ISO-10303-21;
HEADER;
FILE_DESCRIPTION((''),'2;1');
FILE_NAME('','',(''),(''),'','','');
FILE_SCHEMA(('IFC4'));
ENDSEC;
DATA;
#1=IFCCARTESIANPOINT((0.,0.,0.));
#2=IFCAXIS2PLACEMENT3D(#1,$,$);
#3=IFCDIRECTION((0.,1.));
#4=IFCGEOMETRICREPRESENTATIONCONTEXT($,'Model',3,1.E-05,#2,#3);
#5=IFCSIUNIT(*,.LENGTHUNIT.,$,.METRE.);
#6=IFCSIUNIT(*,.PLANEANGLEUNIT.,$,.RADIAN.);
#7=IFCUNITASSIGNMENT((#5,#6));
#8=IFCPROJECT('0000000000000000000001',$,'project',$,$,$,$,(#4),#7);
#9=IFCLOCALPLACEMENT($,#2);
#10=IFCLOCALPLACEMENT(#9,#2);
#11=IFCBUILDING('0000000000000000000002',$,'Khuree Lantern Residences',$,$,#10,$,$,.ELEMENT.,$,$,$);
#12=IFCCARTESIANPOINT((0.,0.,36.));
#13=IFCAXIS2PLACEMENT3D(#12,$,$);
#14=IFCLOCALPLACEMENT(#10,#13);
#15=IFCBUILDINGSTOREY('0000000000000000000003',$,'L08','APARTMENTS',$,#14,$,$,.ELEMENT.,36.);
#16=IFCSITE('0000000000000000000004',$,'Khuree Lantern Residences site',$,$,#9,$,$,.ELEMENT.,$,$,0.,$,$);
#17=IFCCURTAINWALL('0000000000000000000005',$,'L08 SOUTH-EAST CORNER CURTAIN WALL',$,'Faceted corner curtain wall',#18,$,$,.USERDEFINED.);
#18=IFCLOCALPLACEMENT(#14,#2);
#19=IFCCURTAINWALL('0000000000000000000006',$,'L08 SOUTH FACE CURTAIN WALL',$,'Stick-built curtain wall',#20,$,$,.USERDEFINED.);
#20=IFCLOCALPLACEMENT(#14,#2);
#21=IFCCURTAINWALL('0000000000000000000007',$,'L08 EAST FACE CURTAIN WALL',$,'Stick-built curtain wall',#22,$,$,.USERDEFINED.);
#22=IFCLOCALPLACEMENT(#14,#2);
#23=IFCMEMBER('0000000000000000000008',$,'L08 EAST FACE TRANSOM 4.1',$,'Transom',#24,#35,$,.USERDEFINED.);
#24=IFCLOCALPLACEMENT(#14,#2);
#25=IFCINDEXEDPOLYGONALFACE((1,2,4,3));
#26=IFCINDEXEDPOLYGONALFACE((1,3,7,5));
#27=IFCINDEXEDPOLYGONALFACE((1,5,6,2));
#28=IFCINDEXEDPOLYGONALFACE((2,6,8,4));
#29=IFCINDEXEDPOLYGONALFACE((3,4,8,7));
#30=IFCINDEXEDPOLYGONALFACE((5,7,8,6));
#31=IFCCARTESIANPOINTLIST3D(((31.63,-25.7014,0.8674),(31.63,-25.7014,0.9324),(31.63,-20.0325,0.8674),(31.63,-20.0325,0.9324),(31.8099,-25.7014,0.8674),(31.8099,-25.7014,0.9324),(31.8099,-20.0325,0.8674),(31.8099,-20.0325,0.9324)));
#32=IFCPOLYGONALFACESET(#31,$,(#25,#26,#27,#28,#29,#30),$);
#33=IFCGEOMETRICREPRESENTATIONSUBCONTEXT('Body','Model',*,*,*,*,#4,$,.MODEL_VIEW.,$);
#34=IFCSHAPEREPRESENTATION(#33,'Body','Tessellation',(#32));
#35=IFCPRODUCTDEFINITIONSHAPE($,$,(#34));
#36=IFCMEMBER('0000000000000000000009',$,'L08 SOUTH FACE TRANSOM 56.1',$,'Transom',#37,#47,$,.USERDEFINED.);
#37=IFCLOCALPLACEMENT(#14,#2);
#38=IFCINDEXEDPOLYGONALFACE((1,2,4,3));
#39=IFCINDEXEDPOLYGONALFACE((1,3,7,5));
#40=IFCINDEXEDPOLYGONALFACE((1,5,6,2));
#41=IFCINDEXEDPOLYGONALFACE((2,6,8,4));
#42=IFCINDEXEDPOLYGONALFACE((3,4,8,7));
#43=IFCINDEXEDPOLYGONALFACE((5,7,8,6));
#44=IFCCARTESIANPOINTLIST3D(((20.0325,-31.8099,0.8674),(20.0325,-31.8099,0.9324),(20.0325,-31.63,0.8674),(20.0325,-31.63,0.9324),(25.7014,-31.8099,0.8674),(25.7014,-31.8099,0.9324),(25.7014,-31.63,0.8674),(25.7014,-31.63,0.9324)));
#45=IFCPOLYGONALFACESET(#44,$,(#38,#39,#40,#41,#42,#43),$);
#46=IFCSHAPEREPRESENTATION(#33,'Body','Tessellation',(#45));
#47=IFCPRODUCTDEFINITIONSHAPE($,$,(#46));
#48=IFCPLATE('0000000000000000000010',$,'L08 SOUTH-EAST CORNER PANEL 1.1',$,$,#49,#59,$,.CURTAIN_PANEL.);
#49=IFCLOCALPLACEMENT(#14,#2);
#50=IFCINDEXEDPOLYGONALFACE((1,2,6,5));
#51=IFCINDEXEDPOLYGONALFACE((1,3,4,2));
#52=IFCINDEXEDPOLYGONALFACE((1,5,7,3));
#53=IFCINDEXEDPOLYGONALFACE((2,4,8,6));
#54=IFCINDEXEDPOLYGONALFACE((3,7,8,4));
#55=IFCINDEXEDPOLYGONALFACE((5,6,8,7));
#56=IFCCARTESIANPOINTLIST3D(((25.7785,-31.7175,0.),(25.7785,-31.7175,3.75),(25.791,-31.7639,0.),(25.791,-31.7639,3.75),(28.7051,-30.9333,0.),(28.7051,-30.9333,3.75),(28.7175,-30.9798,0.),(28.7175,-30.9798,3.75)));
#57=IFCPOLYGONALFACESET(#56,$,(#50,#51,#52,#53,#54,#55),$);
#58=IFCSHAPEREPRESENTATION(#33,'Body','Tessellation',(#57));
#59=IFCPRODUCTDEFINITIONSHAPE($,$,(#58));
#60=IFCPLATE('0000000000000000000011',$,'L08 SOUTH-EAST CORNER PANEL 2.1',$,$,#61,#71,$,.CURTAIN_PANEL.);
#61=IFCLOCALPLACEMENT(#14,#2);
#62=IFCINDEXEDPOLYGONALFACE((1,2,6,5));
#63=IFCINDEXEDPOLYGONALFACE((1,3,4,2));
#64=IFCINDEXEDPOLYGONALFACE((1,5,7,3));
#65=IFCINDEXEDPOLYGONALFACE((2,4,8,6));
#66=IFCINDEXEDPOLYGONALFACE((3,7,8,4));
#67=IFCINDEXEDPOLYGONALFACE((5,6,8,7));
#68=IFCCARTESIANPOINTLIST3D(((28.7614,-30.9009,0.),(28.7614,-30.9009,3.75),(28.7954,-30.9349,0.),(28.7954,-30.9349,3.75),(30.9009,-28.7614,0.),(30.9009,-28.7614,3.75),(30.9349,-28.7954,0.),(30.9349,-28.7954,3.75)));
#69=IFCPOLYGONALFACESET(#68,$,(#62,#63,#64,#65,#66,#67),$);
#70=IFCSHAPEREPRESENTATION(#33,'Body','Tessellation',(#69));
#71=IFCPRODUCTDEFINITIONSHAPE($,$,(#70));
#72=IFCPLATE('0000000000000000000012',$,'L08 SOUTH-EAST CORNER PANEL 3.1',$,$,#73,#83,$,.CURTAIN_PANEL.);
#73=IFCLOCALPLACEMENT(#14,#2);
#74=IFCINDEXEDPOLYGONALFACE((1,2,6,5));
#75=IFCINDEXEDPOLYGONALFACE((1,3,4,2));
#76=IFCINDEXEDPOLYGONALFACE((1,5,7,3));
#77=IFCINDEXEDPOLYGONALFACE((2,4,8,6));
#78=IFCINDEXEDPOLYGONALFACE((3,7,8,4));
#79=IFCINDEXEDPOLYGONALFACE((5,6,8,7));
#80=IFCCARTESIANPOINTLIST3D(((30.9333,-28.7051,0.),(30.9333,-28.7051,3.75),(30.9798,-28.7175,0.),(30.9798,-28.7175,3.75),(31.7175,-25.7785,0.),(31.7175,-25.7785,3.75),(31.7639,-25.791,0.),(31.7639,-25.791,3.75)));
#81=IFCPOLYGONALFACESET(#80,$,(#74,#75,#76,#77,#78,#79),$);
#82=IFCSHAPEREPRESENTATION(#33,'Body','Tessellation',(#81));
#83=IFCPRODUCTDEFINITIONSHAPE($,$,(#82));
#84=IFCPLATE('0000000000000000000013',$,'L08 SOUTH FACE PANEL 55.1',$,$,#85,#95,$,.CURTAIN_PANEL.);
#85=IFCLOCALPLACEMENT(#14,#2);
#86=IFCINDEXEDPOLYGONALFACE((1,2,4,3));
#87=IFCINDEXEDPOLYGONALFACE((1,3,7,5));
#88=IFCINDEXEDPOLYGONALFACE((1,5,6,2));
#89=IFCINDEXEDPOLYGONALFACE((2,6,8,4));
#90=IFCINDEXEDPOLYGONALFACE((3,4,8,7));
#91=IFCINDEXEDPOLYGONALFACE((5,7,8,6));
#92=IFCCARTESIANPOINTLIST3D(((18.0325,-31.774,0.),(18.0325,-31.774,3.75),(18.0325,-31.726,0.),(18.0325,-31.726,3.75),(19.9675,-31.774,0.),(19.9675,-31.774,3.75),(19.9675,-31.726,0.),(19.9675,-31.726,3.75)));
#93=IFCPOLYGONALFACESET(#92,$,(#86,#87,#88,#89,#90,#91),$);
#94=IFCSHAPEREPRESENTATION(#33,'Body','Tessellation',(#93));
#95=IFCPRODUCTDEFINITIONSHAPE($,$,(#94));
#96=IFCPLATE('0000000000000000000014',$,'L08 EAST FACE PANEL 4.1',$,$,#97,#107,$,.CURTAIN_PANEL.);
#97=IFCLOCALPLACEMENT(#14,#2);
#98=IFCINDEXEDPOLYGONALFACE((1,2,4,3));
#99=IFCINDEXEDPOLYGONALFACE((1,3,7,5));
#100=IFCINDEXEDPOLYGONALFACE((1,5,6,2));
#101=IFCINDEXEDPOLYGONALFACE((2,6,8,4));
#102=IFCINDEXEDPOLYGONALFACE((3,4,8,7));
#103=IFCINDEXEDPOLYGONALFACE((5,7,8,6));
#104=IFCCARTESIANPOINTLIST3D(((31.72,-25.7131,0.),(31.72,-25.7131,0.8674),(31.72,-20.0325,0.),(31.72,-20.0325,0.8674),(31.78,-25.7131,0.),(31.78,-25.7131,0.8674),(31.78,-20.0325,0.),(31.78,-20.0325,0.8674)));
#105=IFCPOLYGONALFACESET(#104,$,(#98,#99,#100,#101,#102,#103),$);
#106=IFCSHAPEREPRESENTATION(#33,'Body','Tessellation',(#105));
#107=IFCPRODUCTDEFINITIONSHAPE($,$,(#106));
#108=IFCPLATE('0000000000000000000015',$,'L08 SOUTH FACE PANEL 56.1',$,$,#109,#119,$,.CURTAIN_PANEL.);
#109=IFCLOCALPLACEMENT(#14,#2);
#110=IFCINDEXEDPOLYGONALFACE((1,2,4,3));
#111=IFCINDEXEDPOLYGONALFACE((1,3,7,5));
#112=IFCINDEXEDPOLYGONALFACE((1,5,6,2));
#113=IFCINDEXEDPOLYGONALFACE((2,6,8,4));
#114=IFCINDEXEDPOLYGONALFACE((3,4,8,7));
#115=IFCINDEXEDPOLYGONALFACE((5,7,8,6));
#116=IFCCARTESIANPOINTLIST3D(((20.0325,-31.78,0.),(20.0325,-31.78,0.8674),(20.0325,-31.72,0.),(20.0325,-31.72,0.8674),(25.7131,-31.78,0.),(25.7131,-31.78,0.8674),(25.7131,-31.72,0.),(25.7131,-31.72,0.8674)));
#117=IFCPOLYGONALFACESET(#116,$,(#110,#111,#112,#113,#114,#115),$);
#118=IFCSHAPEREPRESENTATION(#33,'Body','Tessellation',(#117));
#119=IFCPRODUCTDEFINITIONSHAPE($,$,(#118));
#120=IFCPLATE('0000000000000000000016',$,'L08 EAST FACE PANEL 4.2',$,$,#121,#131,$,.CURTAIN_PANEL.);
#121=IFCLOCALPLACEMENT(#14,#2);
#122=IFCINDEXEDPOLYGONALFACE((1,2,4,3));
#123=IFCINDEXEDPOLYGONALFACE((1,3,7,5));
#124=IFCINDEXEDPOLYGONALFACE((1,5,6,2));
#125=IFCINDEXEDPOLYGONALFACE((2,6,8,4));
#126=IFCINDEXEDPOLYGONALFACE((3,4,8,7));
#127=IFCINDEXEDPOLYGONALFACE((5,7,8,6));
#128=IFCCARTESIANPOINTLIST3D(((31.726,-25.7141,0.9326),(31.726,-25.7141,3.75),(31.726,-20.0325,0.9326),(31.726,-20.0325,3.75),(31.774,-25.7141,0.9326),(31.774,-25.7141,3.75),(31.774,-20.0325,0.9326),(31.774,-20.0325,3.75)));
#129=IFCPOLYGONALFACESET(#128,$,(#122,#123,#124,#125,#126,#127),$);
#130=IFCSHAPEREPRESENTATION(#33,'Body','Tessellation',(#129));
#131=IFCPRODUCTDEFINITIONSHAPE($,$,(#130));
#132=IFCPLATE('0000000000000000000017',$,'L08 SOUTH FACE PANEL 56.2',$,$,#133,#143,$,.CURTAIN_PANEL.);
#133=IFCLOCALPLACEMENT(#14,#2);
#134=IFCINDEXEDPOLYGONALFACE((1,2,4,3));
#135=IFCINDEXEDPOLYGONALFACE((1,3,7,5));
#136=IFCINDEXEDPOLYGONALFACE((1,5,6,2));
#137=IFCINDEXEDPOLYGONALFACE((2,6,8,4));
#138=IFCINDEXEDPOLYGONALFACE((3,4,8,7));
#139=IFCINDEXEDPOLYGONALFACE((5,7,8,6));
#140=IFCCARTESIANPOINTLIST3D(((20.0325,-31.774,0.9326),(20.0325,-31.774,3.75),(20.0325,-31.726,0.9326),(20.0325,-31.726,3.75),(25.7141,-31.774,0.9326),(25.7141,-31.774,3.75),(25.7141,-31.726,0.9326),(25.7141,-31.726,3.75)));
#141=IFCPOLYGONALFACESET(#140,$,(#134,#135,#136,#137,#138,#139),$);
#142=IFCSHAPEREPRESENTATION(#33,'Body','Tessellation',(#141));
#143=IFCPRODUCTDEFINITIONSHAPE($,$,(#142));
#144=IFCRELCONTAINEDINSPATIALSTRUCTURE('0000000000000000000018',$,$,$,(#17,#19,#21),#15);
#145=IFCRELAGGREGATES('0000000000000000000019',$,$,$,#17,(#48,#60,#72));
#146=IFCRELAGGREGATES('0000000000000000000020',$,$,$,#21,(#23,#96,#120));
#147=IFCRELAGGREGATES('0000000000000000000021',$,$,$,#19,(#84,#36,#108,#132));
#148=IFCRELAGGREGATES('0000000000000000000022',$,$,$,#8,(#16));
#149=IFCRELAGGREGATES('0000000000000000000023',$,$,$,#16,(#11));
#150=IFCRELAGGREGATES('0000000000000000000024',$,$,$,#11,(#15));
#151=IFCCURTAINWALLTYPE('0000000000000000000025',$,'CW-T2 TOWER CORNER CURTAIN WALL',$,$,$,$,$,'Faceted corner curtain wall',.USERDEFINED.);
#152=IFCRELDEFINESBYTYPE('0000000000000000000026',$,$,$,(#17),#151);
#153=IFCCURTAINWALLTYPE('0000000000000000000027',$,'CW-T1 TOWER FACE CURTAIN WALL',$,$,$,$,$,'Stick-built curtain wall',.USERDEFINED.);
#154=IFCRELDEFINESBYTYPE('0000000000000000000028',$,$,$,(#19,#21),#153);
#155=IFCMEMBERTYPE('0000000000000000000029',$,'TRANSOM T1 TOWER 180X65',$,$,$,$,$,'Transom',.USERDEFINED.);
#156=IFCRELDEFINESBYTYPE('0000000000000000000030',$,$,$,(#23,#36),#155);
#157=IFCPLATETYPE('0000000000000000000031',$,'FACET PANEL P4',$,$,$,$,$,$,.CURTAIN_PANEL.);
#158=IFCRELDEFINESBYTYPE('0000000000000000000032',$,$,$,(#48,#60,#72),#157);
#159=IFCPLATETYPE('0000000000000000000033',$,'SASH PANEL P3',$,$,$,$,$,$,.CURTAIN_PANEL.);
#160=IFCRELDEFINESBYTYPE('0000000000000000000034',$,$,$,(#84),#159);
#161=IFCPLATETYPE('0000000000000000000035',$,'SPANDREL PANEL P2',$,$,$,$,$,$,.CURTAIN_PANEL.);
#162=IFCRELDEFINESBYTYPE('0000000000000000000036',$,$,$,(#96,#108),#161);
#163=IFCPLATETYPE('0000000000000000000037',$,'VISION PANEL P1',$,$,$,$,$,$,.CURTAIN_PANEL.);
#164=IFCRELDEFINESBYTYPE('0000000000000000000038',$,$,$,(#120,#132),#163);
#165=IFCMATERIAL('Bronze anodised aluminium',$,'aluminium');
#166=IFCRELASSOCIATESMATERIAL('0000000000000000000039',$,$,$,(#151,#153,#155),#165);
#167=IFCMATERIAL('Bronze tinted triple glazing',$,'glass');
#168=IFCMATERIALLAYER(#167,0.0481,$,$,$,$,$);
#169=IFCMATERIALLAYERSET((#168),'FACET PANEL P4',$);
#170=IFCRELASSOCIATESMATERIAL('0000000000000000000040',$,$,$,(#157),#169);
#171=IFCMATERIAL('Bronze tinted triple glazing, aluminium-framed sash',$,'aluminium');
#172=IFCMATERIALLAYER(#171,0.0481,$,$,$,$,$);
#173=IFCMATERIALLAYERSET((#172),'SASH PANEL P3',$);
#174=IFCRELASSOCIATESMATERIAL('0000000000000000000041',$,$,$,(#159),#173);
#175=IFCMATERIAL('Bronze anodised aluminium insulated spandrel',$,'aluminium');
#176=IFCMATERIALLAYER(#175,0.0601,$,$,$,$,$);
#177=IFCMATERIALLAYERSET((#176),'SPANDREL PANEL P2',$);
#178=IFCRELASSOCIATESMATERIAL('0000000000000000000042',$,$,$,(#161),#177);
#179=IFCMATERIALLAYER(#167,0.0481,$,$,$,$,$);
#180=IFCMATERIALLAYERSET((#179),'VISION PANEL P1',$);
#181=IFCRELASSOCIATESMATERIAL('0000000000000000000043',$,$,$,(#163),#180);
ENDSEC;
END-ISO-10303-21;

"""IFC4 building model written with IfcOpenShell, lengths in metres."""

from ifc_helpers import new_model, si_unit, direction, frame, origin, origin_2d, place, context, subcontext, project, spatial, rectangle, extrude, material, layer, layer_set, material_profile, profile_set, type_object, element, aggregate, save


model = new_model("IFC4")

# Units and contexts
model_context = context("Model", 3, precision=1e-05, world=origin(), true_north=direction((0.0, 1.0)))
body_context = subcontext(model_context, "Body", "Model", "MODEL_VIEW")
ifc_project = project(units=[si_unit("LENGTHUNIT", "METRE"), si_unit("PLANEANGLEUNIT", "RADIAN")], contexts=[model_context])

# Site, building, storey
site_placement = place(None, origin())
site = spatial("IfcSite", under=ifc_project, at=site_placement, Name="Khuree Lantern Residences site", CompositionType="ELEMENT", RefElevation=0.0)
building_placement = place(site_placement, origin())
building = spatial("IfcBuilding", under=site, at=building_placement, Name="Khuree Lantern Residences", CompositionType="ELEMENT")
storey_placement = place(building_placement, frame((0.0, 0.0, 36.0)))
storey = spatial("IfcBuildingStorey", under=building, at=storey_placement, Name="L08", Description="APARTMENTS", CompositionType="ELEMENT", Elevation=36.0)

# Curtain walls
ifc_material_1 = material(Name="Bronze anodised aluminium", Category="aluminium")
curtain_wall_type_1 = type_object("IfcCurtainWallType", Name="CW-T2 TOWER CORNER CURTAIN WALL", ElementType="Faceted corner curtain wall", PredefinedType="USERDEFINED", material=ifc_material_1)
curtain_wall_1_placement = place(storey_placement, origin())
curtain_wall_1 = element("IfcCurtainWall", 1, at=curtain_wall_1_placement, inside=storey, type_object=curtain_wall_type_1, Name="L08 SOUTH-EAST CORNER CURTAIN WALL", ObjectType="Faceted corner curtain wall", PredefinedType="USERDEFINED")
curtain_wall_type_2 = type_object("IfcCurtainWallType", Name="CW-T1 TOWER FACE CURTAIN WALL", ElementType="Stick-built curtain wall", PredefinedType="USERDEFINED", material=ifc_material_1)
curtain_wall_2_placement = place(storey_placement, origin())
curtain_wall_2 = element("IfcCurtainWall", 2, at=curtain_wall_2_placement, inside=storey, type_object=curtain_wall_type_2, Name="L08 SOUTH FACE CURTAIN WALL", ObjectType="Stick-built curtain wall", PredefinedType="USERDEFINED")

# Curtain wall, member
curtain_wall_3_placement = place(storey_placement, origin())
curtain_wall_3 = element("IfcCurtainWall", 3, at=curtain_wall_3_placement, inside=storey, type_object=curtain_wall_type_2, Name="L08 EAST FACE CURTAIN WALL", ObjectType="Stick-built curtain wall", PredefinedType="USERDEFINED")
ifc_material_profile_1 = material_profile(ifc_material_1, rectangle(XDim=0.1799, YDim=0.0649, at=origin_2d()), Name="T1 180X65")
ifc_profile_set_1 = profile_set([ifc_material_profile_1], Name="Bronze anodised aluminium")
member_type_1 = type_object("IfcMemberType", Name="TRANSOM T1 TOWER 180X65", ElementType="Transom", PredefinedType="USERDEFINED", material=ifc_profile_set_1)
member_1_placement = place(storey_placement, frame((31.72, -25.7014, 0.8999), z_axis=(0.0, 1.0, 0.0), x_axis=(-1.0, 0.0, 0.0)))
member_1 = element("IfcMember", 4, at=member_1_placement, type_object=member_type_1, Name="L08 EAST FACE TRANSOM 4.1", ObjectType="Transom", PredefinedType="USERDEFINED", context=body_context, shape_type="SweptSolid", body=[
    extrude(rectangle(XDim=0.1799, YDim=0.0649, at=origin_2d()), origin(), (0.0, 0.0, 1.0), 5.6689),
])

# Member
member_2_placement = place(storey_placement, frame((20.0325, -31.72, 0.8999), z_axis=(1.0, 0.0, 0.0), x_axis=(0.0, 1.0, 0.0)))
member_2 = element("IfcMember", 5, at=member_2_placement, type_object=member_type_1, Name="L08 SOUTH FACE TRANSOM 56.1", ObjectType="Transom", PredefinedType="USERDEFINED", context=body_context, shape_type="SweptSolid", body=[
    extrude(rectangle(XDim=0.1799, YDim=0.0649, at=origin_2d()), origin(), (0.0, 0.0, 1.0), 5.6689),
])

# Plates
ifc_material_2 = material(Name="Bronze tinted triple glazing", Category="glass")
ifc_layer_1 = layer(ifc_material_2, 0.0481)
ifc_layer_set_1 = layer_set([ifc_layer_1], Name="FACET PANEL P4")
plate_type_1 = type_object("IfcPlateType", Name="FACET PANEL P4", PredefinedType="CURTAIN_PANEL", material=ifc_layer_set_1)
plate_1_placement = place(storey_placement, frame((27.248, -31.3486, 0.0), z_axis=(0.0, 0.0, 1.0), x_axis=(0.965926, 0.258819, 0.0)))
plate_1 = element("IfcPlate", 6, at=plate_1_placement, type_object=plate_type_1, Name="L08 SOUTH-EAST CORNER PANEL 1.1", PredefinedType="CURTAIN_PANEL", context=body_context, shape_type="SweptSolid", body=[
    extrude(rectangle(XDim=3.0298, YDim=0.0481, at=origin_2d()), origin(), (0.0, 0.0, 1.0), 3.75),
])
plate_2_placement = place(storey_placement, frame((29.8481, -29.8481, 0.0), z_axis=(0.0, 0.0, 1.0), x_axis=(0.707107, 0.707107, 0.0)))
plate_2 = element("IfcPlate", 7, at=plate_2_placement, type_object=plate_type_1, Name="L08 SOUTH-EAST CORNER PANEL 2.1", PredefinedType="CURTAIN_PANEL", context=body_context, shape_type="SweptSolid", body=[
    extrude(rectangle(XDim=3.0256, YDim=0.0481, at=origin_2d()), origin(), (0.0, 0.0, 1.0), 3.75),
])
plate_3_placement = place(storey_placement, frame((31.3486, -27.248, 0.0), z_axis=(0.0, 0.0, 1.0), x_axis=(0.258819, 0.965926, 0.0)))
plate_3 = element("IfcPlate", 8, at=plate_3_placement, type_object=plate_type_1, Name="L08 SOUTH-EAST CORNER PANEL 3.1", PredefinedType="CURTAIN_PANEL", context=body_context, shape_type="SweptSolid", body=[
    extrude(rectangle(XDim=3.0298, YDim=0.0481, at=origin_2d()), origin(), (0.0, 0.0, 1.0), 3.75),
])
aggregate(curtain_wall_1, [plate_1, plate_2, plate_3])
ifc_material_3 = material(Name="Bronze tinted triple glazing, aluminium-framed sash", Category="aluminium")
ifc_layer_2 = layer(ifc_material_3, 0.0481)
ifc_layer_set_2 = layer_set([ifc_layer_2], Name="SASH PANEL P3")
plate_type_2 = type_object("IfcPlateType", Name="SASH PANEL P3", PredefinedType="CURTAIN_PANEL", material=ifc_layer_set_2)
plate_4_placement = place(storey_placement, frame((19.0, -31.75, 0.0), z_axis=(0.0, 0.0, 1.0), x_axis=(1.0, 0.0, 0.0)))
plate_4 = element("IfcPlate", 9, at=plate_4_placement, type_object=plate_type_2, Name="L08 SOUTH FACE PANEL 55.1", PredefinedType="CURTAIN_PANEL", context=body_context, shape_type="SweptSolid", body=[
    extrude(rectangle(XDim=1.9351, YDim=0.0481, at=origin_2d()), origin(), (0.0, 0.0, 1.0), 3.75),
])
ifc_material_4 = material(Name="Bronze anodised aluminium insulated spandrel", Category="aluminium")
ifc_layer_3 = layer(ifc_material_4, 0.0601)
ifc_layer_set_3 = layer_set([ifc_layer_3], Name="SPANDREL PANEL P2")
plate_type_3 = type_object("IfcPlateType", Name="SPANDREL PANEL P2", PredefinedType="CURTAIN_PANEL", material=ifc_layer_set_3)
plate_5_placement = place(storey_placement, frame((31.75, -22.8728, 0.0), z_axis=(0.0, 0.0, 1.0), x_axis=(0.0, 1.0, 0.0)))
plate_5 = element("IfcPlate", 10, at=plate_5_placement, type_object=plate_type_3, Name="L08 EAST FACE PANEL 4.1", PredefinedType="CURTAIN_PANEL", context=body_context, shape_type="SweptSolid", body=[
    extrude(rectangle(XDim=5.6807, YDim=0.0601, at=origin_2d()), origin(), (0.0, 0.0, 1.0), 0.8674),
])
plate_6_placement = place(storey_placement, frame((22.8728, -31.75, 0.0), z_axis=(0.0, 0.0, 1.0), x_axis=(1.0, 0.0, 0.0)))
plate_6 = element("IfcPlate", 11, at=plate_6_placement, type_object=plate_type_3, Name="L08 SOUTH FACE PANEL 56.1", PredefinedType="CURTAIN_PANEL", context=body_context, shape_type="SweptSolid", body=[
    extrude(rectangle(XDim=5.6807, YDim=0.0601, at=origin_2d()), origin(), (0.0, 0.0, 1.0), 0.8674),
])
ifc_layer_4 = layer(ifc_material_2, 0.0481)
ifc_layer_set_4 = layer_set([ifc_layer_4], Name="VISION PANEL P1")
plate_type_4 = type_object("IfcPlateType", Name="VISION PANEL P1", PredefinedType="CURTAIN_PANEL", material=ifc_layer_set_4)
plate_7_placement = place(storey_placement, frame((31.75, -22.8733, 0.9326), z_axis=(0.0, 0.0, 1.0), x_axis=(0.0, 1.0, 0.0)))
plate_7 = element("IfcPlate", 12, at=plate_7_placement, type_object=plate_type_4, Name="L08 EAST FACE PANEL 4.2", PredefinedType="CURTAIN_PANEL", context=body_context, shape_type="SweptSolid", body=[
    extrude(rectangle(XDim=5.6816, YDim=0.0481, at=origin_2d()), origin(), (0.0, 0.0, 1.0), 2.8174),
])
aggregate(curtain_wall_3, [member_1, plate_5, plate_7])
plate_8_placement = place(storey_placement, frame((22.8733, -31.75, 0.9326), z_axis=(0.0, 0.0, 1.0), x_axis=(1.0, 0.0, 0.0)))
plate_8 = element("IfcPlate", 13, at=plate_8_placement, type_object=plate_type_4, Name="L08 SOUTH FACE PANEL 56.2", PredefinedType="CURTAIN_PANEL", context=body_context, shape_type="SweptSolid", body=[
    extrude(rectangle(XDim=5.6816, YDim=0.0481, at=origin_2d()), origin(), (0.0, 0.0, 1.0), 2.8174),
])
aggregate(curtain_wall_2, [plate_4, member_2, plate_6, plate_8])

save(model, "model.ifc")
